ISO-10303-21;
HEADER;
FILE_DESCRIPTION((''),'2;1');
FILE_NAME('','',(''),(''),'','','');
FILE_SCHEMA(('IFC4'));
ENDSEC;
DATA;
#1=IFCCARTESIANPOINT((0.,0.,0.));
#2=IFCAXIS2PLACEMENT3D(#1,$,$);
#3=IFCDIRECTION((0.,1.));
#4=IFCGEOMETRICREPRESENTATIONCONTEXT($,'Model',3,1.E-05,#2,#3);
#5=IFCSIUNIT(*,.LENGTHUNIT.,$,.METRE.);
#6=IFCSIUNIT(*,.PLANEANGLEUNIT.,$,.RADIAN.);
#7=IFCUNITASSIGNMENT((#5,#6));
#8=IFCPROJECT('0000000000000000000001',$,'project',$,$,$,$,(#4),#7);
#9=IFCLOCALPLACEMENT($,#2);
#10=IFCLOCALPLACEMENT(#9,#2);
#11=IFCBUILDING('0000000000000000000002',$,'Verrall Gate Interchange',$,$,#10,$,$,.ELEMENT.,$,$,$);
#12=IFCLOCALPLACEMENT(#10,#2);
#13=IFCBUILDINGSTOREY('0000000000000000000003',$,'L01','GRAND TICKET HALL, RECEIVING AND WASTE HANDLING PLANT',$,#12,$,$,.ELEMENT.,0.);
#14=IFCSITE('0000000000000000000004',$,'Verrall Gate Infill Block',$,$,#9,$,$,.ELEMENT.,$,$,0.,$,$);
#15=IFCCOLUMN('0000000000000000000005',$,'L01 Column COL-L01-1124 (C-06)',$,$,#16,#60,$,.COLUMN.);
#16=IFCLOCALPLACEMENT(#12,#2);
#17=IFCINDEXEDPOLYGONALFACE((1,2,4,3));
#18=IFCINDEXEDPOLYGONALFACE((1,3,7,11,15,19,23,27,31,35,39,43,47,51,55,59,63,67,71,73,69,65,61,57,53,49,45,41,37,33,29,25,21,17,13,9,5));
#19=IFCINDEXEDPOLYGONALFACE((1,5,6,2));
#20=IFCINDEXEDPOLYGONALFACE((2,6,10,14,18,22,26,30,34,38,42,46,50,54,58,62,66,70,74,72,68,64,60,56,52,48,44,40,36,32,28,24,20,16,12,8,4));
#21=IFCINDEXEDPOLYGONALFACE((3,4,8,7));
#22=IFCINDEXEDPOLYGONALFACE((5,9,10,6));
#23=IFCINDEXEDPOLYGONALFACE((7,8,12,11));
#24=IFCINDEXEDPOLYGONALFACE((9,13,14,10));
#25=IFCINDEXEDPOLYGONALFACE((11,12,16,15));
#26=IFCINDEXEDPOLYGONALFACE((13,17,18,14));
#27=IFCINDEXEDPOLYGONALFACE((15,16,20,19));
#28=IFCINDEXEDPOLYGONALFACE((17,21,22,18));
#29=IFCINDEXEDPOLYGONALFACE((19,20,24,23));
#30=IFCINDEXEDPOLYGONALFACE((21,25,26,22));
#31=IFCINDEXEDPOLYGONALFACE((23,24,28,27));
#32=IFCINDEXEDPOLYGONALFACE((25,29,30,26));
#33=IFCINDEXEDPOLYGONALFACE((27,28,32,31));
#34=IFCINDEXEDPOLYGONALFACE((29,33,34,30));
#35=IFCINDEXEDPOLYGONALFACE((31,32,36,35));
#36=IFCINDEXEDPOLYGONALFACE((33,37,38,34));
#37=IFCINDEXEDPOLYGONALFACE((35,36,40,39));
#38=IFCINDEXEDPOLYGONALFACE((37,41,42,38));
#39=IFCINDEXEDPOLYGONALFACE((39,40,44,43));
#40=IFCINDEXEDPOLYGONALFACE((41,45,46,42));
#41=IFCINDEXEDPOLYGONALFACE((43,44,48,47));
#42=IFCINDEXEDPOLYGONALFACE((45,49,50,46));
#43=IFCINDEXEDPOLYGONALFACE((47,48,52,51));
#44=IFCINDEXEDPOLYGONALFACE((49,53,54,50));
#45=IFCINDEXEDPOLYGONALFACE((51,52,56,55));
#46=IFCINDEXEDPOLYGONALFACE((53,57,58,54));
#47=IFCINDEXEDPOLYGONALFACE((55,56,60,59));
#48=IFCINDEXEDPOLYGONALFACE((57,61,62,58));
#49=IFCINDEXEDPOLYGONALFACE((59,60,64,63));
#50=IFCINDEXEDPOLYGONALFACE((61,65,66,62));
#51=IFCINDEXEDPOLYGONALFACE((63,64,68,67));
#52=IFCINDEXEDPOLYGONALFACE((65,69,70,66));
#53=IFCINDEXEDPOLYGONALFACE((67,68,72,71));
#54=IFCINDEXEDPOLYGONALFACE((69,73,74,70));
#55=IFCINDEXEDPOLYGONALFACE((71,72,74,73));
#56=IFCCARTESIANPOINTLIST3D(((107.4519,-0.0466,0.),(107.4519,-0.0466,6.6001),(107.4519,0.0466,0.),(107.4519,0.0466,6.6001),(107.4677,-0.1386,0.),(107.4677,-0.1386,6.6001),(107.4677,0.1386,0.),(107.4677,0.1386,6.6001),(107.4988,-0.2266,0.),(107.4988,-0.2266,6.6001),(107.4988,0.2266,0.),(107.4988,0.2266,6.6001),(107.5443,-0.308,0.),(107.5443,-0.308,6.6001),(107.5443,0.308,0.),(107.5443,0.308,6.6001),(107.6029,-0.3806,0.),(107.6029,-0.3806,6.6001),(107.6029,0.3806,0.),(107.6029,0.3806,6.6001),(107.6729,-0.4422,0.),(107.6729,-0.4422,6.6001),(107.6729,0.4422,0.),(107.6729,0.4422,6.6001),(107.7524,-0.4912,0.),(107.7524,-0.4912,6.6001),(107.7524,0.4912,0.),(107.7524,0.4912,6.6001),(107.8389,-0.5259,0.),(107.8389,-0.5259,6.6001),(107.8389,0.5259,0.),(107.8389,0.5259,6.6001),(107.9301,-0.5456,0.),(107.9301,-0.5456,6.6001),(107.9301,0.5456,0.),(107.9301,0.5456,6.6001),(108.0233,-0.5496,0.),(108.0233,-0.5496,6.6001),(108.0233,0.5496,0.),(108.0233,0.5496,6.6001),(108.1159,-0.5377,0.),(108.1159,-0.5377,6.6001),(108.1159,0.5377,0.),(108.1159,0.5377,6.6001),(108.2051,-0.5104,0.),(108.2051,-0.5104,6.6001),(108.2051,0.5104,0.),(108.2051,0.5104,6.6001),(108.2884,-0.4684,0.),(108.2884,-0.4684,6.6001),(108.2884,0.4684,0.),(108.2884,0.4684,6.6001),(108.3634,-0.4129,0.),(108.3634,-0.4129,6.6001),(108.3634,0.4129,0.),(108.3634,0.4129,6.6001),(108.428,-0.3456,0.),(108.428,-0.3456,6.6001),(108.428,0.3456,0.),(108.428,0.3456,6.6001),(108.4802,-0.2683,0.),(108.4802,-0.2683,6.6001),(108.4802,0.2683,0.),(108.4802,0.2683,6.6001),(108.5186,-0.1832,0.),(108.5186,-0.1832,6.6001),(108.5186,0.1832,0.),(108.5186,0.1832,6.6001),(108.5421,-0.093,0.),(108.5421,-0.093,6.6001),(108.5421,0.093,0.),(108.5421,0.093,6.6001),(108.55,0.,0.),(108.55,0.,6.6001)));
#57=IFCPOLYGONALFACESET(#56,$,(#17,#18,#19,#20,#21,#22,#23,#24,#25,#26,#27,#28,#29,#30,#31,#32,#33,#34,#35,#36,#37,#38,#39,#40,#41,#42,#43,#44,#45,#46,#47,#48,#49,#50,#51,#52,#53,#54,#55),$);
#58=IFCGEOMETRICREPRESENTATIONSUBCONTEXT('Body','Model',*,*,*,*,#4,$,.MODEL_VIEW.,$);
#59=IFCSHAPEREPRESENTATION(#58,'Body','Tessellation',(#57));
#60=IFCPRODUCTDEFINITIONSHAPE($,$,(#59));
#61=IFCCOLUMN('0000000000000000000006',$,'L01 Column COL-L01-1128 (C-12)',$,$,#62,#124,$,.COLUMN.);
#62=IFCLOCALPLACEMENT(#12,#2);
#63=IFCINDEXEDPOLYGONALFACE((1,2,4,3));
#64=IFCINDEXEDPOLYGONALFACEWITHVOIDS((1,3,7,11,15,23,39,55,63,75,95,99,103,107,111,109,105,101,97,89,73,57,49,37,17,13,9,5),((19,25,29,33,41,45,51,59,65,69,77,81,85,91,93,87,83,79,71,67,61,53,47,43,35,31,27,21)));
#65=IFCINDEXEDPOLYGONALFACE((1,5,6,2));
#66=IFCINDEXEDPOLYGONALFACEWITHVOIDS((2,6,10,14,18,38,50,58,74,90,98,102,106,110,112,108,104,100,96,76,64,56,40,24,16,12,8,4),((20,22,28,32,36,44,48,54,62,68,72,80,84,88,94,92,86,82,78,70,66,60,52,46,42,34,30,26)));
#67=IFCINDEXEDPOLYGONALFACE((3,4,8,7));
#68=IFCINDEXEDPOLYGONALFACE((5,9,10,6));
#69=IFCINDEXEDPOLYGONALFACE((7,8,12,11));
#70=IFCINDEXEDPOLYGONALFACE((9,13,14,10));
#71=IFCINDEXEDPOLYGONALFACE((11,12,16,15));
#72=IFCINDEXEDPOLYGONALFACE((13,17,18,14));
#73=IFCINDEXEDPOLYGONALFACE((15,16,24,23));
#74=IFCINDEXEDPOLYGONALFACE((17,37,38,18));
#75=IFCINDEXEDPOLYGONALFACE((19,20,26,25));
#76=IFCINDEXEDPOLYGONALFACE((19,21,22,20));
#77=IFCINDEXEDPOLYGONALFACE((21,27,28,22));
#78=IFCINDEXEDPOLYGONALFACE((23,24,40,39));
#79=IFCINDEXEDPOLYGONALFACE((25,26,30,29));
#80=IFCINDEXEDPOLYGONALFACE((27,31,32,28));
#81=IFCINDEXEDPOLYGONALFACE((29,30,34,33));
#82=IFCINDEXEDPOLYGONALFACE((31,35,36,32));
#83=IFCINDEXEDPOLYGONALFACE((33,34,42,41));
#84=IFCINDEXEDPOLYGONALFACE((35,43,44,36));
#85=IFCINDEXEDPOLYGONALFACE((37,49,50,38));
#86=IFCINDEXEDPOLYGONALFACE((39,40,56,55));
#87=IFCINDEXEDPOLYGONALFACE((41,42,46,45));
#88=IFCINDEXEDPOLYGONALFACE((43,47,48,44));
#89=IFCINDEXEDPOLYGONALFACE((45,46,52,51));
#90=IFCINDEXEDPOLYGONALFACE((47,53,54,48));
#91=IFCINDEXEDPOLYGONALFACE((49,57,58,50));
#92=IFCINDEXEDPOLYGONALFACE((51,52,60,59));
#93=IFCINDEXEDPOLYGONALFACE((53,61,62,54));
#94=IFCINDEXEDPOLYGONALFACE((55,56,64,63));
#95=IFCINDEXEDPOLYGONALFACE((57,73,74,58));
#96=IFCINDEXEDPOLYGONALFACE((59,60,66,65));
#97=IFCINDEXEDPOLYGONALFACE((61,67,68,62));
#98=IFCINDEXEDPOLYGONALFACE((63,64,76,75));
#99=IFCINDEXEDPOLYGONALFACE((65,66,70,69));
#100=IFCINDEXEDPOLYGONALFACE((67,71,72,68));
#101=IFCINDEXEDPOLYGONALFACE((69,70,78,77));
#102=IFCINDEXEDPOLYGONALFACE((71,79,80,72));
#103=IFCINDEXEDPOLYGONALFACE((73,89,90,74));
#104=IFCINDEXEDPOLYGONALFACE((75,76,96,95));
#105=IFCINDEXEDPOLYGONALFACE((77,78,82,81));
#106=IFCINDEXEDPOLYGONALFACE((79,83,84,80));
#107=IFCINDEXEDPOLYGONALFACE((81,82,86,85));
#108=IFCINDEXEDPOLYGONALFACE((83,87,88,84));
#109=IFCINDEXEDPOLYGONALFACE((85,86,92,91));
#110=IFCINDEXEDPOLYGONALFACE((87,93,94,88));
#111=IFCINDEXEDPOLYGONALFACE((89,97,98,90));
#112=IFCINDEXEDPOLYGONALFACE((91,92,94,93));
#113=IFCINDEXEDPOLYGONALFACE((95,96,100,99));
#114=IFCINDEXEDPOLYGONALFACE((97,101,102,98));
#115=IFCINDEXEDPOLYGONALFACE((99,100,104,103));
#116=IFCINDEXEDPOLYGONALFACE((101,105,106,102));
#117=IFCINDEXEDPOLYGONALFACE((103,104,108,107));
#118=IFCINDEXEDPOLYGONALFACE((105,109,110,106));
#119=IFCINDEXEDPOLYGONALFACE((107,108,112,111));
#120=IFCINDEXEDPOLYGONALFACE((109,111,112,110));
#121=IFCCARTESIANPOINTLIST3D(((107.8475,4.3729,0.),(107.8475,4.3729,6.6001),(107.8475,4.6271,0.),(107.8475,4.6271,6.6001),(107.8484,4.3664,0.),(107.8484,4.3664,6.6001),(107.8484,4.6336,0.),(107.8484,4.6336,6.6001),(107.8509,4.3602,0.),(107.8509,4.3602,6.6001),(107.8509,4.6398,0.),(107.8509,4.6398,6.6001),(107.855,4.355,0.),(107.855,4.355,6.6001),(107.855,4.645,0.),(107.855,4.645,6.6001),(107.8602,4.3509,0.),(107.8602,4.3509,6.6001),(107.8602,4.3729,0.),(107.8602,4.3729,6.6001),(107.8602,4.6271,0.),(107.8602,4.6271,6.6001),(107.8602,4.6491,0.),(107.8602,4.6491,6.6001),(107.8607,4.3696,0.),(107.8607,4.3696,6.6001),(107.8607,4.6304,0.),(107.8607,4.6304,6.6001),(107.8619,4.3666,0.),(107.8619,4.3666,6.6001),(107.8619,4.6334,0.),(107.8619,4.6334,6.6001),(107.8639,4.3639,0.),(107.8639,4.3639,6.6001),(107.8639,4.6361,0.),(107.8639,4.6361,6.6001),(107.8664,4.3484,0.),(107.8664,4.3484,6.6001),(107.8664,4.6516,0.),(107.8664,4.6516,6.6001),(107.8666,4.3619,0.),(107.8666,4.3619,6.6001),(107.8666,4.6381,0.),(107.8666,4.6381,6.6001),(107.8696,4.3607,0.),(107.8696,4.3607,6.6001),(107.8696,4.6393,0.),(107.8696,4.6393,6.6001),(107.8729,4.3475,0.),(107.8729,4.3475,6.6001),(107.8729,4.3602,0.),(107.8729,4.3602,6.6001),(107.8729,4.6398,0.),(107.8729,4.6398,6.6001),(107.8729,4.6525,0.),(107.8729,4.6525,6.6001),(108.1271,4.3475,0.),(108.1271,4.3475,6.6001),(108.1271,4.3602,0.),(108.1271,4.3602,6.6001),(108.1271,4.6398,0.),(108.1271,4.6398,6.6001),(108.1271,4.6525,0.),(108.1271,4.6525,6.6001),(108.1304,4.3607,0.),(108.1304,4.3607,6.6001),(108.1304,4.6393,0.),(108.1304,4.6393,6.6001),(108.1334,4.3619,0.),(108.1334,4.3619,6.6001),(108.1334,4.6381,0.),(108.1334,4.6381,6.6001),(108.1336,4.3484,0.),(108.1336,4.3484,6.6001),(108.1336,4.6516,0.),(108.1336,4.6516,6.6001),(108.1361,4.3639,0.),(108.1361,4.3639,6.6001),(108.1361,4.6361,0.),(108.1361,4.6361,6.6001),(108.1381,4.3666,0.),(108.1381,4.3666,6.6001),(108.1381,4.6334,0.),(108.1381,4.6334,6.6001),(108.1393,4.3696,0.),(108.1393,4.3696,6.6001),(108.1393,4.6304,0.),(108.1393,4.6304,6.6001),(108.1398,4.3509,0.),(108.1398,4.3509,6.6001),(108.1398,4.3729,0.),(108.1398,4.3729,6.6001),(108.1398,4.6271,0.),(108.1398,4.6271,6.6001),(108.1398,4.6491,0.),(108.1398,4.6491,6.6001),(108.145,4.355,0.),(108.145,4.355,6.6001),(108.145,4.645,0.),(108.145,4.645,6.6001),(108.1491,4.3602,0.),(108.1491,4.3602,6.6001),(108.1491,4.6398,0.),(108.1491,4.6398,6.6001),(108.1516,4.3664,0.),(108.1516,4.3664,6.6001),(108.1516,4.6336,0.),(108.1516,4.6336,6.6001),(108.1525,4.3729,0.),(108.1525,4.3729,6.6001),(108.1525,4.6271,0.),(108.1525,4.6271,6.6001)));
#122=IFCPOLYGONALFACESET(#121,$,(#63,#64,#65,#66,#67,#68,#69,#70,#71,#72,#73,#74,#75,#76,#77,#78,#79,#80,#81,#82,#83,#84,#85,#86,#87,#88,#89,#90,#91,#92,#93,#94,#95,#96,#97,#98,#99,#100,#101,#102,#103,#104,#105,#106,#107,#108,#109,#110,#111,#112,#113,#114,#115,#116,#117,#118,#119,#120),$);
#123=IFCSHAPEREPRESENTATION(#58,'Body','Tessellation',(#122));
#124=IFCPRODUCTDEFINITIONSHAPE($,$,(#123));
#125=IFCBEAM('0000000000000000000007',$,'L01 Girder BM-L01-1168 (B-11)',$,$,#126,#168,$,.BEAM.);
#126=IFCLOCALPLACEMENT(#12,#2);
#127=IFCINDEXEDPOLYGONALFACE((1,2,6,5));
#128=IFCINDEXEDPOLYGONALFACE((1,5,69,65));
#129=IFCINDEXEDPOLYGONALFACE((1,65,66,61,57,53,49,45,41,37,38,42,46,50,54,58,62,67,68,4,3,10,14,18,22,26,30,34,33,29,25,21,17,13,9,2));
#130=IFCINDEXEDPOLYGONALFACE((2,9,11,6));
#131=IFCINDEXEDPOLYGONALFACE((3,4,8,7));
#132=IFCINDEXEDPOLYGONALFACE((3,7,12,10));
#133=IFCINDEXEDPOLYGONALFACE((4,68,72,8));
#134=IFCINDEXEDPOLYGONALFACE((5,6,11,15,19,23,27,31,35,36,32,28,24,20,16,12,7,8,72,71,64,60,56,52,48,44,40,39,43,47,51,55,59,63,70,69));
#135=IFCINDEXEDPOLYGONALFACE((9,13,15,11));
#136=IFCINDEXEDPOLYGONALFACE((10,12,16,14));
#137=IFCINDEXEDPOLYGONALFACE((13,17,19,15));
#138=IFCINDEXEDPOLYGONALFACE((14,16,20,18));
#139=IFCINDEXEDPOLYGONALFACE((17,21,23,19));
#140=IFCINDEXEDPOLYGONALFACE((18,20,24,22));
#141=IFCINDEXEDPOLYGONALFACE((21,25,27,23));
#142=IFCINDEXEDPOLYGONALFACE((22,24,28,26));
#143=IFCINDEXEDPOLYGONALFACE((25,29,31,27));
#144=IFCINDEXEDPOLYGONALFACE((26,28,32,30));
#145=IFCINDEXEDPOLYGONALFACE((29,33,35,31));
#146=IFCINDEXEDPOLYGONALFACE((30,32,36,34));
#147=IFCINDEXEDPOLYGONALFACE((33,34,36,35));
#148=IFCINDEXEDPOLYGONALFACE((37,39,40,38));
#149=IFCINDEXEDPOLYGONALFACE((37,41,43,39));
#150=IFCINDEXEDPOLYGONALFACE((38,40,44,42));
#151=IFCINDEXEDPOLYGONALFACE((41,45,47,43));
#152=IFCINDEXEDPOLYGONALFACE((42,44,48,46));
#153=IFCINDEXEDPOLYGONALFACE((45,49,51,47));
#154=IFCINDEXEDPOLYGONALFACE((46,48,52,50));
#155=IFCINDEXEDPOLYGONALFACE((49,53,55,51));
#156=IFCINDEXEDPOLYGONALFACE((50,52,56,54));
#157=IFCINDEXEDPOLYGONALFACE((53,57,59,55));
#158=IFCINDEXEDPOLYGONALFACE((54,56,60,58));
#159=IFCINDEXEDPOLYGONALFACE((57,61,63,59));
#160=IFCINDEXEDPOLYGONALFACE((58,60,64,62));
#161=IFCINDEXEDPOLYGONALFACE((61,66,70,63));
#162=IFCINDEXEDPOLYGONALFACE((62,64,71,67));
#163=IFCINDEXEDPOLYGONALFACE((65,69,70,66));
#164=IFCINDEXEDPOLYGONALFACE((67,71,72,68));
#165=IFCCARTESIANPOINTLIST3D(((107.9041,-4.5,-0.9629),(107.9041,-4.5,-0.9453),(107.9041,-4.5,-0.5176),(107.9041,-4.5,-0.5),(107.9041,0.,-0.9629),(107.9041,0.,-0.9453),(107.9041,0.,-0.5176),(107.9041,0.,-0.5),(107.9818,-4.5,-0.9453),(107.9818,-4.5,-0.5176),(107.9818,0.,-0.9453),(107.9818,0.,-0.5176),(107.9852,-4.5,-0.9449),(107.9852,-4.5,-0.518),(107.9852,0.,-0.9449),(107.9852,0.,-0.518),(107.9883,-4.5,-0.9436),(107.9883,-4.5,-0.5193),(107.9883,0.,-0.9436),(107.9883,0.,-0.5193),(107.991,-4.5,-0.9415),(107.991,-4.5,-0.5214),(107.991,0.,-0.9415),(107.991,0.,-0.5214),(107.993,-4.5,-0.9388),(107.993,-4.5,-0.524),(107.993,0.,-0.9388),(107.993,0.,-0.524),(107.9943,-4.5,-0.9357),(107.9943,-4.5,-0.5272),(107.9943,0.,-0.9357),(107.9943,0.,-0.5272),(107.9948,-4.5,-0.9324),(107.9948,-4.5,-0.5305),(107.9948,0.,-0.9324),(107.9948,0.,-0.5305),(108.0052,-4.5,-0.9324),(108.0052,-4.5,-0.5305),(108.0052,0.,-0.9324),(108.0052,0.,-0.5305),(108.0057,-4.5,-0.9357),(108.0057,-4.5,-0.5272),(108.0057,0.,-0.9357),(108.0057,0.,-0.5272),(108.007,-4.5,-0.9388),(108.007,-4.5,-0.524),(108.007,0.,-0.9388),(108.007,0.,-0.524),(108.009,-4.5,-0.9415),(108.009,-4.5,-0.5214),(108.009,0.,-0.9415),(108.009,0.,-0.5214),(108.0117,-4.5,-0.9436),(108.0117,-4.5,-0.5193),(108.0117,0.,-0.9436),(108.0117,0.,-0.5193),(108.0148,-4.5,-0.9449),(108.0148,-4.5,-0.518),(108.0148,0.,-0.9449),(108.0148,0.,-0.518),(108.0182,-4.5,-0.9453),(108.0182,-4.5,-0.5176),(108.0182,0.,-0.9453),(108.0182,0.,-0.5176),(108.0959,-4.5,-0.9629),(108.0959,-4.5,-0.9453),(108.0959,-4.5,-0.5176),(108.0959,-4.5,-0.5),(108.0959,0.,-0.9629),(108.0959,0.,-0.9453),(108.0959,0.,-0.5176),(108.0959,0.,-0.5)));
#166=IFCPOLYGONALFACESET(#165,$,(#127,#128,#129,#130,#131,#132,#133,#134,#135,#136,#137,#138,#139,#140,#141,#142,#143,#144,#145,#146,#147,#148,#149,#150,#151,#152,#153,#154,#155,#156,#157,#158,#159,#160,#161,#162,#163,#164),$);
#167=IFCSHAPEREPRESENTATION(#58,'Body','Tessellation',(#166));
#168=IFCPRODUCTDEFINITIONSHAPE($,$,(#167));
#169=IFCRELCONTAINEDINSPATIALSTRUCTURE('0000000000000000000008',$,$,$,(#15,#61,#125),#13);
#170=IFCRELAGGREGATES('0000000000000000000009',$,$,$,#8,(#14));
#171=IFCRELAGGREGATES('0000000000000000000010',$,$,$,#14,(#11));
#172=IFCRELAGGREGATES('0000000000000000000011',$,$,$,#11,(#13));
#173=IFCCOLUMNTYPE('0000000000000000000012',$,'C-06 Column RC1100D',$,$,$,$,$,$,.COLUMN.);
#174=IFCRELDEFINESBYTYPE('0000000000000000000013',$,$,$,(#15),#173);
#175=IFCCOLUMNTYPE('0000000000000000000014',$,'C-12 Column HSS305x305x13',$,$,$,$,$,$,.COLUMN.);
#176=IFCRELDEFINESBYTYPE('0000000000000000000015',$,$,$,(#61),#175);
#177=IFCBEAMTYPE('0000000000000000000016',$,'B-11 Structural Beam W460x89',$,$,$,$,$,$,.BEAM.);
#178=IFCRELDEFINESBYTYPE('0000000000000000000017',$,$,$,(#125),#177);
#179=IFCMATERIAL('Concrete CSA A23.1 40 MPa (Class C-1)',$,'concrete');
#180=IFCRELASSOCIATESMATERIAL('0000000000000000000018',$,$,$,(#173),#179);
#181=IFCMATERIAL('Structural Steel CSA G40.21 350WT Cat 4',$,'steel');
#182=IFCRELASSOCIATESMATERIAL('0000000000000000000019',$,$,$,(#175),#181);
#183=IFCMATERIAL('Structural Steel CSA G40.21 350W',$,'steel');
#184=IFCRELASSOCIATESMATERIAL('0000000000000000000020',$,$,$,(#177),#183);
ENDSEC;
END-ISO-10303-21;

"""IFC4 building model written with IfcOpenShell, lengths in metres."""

from ifc_helpers import new_model, si_unit, direction, frame, origin, origin_2d, place, context, subcontext, project, spatial, hollow_rectangle, circle, i_section, extrude, material, material_profile, profile_set, type_object, element, save


model = new_model("IFC4")

# Units and contexts
model_context = context("Model", 3, precision=1e-05, world=origin(), true_north=direction((0.0, 1.0)))
body_context = subcontext(model_context, "Body", "Model", "MODEL_VIEW")
ifc_project = project(units=[si_unit("LENGTHUNIT", "METRE"), si_unit("PLANEANGLEUNIT", "RADIAN")], contexts=[model_context])

# Site, building, storey
site_placement = place(None, origin())
site = spatial("IfcSite", under=ifc_project, at=site_placement, Name="Verrall Gate Infill Block", CompositionType="ELEMENT", RefElevation=0.0)
building_placement = place(site_placement, origin())
building = spatial("IfcBuilding", under=site, at=building_placement, Name="Verrall Gate Interchange", CompositionType="ELEMENT")
storey_placement = place(building_placement, origin())
storey = spatial("IfcBuildingStorey", under=building, at=storey_placement, Name="L01", Description="GRAND TICKET HALL, RECEIVING AND WASTE HANDLING PLANT", CompositionType="ELEMENT", Elevation=0.0)

# Columns
ifc_material_1 = material(Name="Concrete CSA A23.1 40 MPa (Class C-1)", Category="concrete")
ifc_material_profile_1 = material_profile(ifc_material_1, circle(Radius=0.55, at=origin_2d()), Name="RC1100D")
ifc_profile_set_1 = profile_set([ifc_material_profile_1], Name="Concrete CSA A23.1 40 MPa (Class C-1)")
column_type_1 = type_object("IfcColumnType", Name="C-06 Column RC1100D", PredefinedType="COLUMN", material=ifc_profile_set_1)
column_1_placement = place(storey_placement, frame((108.0, 0.0, 0.0), z_axis=(0.0, 0.0, 1.0), x_axis=(1.0, 0.0, 0.0)))
element("IfcColumn", 1, at=column_1_placement, inside=storey, type_object=column_type_1, Name="L01 Column COL-L01-1124 (C-06)", PredefinedType="COLUMN", context=body_context, shape_type="SweptSolid", body=[
    extrude(circle(Radius=0.55, at=origin_2d()), origin(), (0.0, 0.0, 1.0), 6.6001),
])
ifc_material_2 = material(Name="Structural Steel CSA G40.21 350WT Cat 4", Category="steel")
ifc_material_profile_2 = material_profile(ifc_material_2, hollow_rectangle(XDim=0.3049, YDim=0.3049, WallThickness=0.0127, InnerFilletRadius=0.0127, OuterFilletRadius=0.0254, at=origin_2d()), Name="HSS305x305x13")
ifc_profile_set_2 = profile_set([ifc_material_profile_2], Name="Structural Steel CSA G40.21 350WT Cat 4")
column_type_2 = type_object("IfcColumnType", Name="C-12 Column HSS305x305x13", PredefinedType="COLUMN", material=ifc_profile_set_2)
column_2_placement = place(storey_placement, frame((108.0, 4.5, 0.0), z_axis=(0.0, 0.0, 1.0), x_axis=(1.0, 0.0, 0.0)))
element("IfcColumn", 2, at=column_2_placement, inside=storey, type_object=column_type_2, Name="L01 Column COL-L01-1128 (C-12)", PredefinedType="COLUMN", context=body_context, shape_type="SweptSolid", body=[
    extrude(hollow_rectangle(XDim=0.3049, YDim=0.3049, WallThickness=0.0127, InnerFilletRadius=0.0127, OuterFilletRadius=0.0254, at=origin_2d()), origin(), (0.0, 0.0, 1.0), 6.6001),
])

# Beam
ifc_material_3 = material(Name="Structural Steel CSA G40.21 350W", Category="steel")
ifc_material_profile_3 = material_profile(ifc_material_3, i_section(OverallWidth=0.1919, OverallDepth=0.4629, WebThickness=0.0105, FlangeThickness=0.0176, FilletRadius=0.0129, at=origin_2d()), Name="W460x89")
ifc_profile_set_3 = profile_set([ifc_material_profile_3], Name="Structural Steel CSA G40.21 350W")
beam_type_1 = type_object("IfcBeamType", Name="B-11 Structural Beam W460x89", PredefinedType="BEAM", material=ifc_profile_set_3)
beam_1_placement = place(storey_placement, frame((108.0, -4.5, -0.7314), z_axis=(0.0, 1.0, 0.0), x_axis=(-1.0, 0.0, 0.0)))
element("IfcBeam", 3, at=beam_1_placement, inside=storey, type_object=beam_type_1, Name="L01 Girder BM-L01-1168 (B-11)", PredefinedType="BEAM", context=body_context, shape_type="SweptSolid", body=[
    extrude(i_section(OverallWidth=0.1919, OverallDepth=0.4629, WebThickness=0.0105, FlangeThickness=0.0176, FilletRadius=0.0129, at=origin_2d()), origin(), (0.0, 0.0, 1.0), 4.5),
])

save(model, "model.ifc")
